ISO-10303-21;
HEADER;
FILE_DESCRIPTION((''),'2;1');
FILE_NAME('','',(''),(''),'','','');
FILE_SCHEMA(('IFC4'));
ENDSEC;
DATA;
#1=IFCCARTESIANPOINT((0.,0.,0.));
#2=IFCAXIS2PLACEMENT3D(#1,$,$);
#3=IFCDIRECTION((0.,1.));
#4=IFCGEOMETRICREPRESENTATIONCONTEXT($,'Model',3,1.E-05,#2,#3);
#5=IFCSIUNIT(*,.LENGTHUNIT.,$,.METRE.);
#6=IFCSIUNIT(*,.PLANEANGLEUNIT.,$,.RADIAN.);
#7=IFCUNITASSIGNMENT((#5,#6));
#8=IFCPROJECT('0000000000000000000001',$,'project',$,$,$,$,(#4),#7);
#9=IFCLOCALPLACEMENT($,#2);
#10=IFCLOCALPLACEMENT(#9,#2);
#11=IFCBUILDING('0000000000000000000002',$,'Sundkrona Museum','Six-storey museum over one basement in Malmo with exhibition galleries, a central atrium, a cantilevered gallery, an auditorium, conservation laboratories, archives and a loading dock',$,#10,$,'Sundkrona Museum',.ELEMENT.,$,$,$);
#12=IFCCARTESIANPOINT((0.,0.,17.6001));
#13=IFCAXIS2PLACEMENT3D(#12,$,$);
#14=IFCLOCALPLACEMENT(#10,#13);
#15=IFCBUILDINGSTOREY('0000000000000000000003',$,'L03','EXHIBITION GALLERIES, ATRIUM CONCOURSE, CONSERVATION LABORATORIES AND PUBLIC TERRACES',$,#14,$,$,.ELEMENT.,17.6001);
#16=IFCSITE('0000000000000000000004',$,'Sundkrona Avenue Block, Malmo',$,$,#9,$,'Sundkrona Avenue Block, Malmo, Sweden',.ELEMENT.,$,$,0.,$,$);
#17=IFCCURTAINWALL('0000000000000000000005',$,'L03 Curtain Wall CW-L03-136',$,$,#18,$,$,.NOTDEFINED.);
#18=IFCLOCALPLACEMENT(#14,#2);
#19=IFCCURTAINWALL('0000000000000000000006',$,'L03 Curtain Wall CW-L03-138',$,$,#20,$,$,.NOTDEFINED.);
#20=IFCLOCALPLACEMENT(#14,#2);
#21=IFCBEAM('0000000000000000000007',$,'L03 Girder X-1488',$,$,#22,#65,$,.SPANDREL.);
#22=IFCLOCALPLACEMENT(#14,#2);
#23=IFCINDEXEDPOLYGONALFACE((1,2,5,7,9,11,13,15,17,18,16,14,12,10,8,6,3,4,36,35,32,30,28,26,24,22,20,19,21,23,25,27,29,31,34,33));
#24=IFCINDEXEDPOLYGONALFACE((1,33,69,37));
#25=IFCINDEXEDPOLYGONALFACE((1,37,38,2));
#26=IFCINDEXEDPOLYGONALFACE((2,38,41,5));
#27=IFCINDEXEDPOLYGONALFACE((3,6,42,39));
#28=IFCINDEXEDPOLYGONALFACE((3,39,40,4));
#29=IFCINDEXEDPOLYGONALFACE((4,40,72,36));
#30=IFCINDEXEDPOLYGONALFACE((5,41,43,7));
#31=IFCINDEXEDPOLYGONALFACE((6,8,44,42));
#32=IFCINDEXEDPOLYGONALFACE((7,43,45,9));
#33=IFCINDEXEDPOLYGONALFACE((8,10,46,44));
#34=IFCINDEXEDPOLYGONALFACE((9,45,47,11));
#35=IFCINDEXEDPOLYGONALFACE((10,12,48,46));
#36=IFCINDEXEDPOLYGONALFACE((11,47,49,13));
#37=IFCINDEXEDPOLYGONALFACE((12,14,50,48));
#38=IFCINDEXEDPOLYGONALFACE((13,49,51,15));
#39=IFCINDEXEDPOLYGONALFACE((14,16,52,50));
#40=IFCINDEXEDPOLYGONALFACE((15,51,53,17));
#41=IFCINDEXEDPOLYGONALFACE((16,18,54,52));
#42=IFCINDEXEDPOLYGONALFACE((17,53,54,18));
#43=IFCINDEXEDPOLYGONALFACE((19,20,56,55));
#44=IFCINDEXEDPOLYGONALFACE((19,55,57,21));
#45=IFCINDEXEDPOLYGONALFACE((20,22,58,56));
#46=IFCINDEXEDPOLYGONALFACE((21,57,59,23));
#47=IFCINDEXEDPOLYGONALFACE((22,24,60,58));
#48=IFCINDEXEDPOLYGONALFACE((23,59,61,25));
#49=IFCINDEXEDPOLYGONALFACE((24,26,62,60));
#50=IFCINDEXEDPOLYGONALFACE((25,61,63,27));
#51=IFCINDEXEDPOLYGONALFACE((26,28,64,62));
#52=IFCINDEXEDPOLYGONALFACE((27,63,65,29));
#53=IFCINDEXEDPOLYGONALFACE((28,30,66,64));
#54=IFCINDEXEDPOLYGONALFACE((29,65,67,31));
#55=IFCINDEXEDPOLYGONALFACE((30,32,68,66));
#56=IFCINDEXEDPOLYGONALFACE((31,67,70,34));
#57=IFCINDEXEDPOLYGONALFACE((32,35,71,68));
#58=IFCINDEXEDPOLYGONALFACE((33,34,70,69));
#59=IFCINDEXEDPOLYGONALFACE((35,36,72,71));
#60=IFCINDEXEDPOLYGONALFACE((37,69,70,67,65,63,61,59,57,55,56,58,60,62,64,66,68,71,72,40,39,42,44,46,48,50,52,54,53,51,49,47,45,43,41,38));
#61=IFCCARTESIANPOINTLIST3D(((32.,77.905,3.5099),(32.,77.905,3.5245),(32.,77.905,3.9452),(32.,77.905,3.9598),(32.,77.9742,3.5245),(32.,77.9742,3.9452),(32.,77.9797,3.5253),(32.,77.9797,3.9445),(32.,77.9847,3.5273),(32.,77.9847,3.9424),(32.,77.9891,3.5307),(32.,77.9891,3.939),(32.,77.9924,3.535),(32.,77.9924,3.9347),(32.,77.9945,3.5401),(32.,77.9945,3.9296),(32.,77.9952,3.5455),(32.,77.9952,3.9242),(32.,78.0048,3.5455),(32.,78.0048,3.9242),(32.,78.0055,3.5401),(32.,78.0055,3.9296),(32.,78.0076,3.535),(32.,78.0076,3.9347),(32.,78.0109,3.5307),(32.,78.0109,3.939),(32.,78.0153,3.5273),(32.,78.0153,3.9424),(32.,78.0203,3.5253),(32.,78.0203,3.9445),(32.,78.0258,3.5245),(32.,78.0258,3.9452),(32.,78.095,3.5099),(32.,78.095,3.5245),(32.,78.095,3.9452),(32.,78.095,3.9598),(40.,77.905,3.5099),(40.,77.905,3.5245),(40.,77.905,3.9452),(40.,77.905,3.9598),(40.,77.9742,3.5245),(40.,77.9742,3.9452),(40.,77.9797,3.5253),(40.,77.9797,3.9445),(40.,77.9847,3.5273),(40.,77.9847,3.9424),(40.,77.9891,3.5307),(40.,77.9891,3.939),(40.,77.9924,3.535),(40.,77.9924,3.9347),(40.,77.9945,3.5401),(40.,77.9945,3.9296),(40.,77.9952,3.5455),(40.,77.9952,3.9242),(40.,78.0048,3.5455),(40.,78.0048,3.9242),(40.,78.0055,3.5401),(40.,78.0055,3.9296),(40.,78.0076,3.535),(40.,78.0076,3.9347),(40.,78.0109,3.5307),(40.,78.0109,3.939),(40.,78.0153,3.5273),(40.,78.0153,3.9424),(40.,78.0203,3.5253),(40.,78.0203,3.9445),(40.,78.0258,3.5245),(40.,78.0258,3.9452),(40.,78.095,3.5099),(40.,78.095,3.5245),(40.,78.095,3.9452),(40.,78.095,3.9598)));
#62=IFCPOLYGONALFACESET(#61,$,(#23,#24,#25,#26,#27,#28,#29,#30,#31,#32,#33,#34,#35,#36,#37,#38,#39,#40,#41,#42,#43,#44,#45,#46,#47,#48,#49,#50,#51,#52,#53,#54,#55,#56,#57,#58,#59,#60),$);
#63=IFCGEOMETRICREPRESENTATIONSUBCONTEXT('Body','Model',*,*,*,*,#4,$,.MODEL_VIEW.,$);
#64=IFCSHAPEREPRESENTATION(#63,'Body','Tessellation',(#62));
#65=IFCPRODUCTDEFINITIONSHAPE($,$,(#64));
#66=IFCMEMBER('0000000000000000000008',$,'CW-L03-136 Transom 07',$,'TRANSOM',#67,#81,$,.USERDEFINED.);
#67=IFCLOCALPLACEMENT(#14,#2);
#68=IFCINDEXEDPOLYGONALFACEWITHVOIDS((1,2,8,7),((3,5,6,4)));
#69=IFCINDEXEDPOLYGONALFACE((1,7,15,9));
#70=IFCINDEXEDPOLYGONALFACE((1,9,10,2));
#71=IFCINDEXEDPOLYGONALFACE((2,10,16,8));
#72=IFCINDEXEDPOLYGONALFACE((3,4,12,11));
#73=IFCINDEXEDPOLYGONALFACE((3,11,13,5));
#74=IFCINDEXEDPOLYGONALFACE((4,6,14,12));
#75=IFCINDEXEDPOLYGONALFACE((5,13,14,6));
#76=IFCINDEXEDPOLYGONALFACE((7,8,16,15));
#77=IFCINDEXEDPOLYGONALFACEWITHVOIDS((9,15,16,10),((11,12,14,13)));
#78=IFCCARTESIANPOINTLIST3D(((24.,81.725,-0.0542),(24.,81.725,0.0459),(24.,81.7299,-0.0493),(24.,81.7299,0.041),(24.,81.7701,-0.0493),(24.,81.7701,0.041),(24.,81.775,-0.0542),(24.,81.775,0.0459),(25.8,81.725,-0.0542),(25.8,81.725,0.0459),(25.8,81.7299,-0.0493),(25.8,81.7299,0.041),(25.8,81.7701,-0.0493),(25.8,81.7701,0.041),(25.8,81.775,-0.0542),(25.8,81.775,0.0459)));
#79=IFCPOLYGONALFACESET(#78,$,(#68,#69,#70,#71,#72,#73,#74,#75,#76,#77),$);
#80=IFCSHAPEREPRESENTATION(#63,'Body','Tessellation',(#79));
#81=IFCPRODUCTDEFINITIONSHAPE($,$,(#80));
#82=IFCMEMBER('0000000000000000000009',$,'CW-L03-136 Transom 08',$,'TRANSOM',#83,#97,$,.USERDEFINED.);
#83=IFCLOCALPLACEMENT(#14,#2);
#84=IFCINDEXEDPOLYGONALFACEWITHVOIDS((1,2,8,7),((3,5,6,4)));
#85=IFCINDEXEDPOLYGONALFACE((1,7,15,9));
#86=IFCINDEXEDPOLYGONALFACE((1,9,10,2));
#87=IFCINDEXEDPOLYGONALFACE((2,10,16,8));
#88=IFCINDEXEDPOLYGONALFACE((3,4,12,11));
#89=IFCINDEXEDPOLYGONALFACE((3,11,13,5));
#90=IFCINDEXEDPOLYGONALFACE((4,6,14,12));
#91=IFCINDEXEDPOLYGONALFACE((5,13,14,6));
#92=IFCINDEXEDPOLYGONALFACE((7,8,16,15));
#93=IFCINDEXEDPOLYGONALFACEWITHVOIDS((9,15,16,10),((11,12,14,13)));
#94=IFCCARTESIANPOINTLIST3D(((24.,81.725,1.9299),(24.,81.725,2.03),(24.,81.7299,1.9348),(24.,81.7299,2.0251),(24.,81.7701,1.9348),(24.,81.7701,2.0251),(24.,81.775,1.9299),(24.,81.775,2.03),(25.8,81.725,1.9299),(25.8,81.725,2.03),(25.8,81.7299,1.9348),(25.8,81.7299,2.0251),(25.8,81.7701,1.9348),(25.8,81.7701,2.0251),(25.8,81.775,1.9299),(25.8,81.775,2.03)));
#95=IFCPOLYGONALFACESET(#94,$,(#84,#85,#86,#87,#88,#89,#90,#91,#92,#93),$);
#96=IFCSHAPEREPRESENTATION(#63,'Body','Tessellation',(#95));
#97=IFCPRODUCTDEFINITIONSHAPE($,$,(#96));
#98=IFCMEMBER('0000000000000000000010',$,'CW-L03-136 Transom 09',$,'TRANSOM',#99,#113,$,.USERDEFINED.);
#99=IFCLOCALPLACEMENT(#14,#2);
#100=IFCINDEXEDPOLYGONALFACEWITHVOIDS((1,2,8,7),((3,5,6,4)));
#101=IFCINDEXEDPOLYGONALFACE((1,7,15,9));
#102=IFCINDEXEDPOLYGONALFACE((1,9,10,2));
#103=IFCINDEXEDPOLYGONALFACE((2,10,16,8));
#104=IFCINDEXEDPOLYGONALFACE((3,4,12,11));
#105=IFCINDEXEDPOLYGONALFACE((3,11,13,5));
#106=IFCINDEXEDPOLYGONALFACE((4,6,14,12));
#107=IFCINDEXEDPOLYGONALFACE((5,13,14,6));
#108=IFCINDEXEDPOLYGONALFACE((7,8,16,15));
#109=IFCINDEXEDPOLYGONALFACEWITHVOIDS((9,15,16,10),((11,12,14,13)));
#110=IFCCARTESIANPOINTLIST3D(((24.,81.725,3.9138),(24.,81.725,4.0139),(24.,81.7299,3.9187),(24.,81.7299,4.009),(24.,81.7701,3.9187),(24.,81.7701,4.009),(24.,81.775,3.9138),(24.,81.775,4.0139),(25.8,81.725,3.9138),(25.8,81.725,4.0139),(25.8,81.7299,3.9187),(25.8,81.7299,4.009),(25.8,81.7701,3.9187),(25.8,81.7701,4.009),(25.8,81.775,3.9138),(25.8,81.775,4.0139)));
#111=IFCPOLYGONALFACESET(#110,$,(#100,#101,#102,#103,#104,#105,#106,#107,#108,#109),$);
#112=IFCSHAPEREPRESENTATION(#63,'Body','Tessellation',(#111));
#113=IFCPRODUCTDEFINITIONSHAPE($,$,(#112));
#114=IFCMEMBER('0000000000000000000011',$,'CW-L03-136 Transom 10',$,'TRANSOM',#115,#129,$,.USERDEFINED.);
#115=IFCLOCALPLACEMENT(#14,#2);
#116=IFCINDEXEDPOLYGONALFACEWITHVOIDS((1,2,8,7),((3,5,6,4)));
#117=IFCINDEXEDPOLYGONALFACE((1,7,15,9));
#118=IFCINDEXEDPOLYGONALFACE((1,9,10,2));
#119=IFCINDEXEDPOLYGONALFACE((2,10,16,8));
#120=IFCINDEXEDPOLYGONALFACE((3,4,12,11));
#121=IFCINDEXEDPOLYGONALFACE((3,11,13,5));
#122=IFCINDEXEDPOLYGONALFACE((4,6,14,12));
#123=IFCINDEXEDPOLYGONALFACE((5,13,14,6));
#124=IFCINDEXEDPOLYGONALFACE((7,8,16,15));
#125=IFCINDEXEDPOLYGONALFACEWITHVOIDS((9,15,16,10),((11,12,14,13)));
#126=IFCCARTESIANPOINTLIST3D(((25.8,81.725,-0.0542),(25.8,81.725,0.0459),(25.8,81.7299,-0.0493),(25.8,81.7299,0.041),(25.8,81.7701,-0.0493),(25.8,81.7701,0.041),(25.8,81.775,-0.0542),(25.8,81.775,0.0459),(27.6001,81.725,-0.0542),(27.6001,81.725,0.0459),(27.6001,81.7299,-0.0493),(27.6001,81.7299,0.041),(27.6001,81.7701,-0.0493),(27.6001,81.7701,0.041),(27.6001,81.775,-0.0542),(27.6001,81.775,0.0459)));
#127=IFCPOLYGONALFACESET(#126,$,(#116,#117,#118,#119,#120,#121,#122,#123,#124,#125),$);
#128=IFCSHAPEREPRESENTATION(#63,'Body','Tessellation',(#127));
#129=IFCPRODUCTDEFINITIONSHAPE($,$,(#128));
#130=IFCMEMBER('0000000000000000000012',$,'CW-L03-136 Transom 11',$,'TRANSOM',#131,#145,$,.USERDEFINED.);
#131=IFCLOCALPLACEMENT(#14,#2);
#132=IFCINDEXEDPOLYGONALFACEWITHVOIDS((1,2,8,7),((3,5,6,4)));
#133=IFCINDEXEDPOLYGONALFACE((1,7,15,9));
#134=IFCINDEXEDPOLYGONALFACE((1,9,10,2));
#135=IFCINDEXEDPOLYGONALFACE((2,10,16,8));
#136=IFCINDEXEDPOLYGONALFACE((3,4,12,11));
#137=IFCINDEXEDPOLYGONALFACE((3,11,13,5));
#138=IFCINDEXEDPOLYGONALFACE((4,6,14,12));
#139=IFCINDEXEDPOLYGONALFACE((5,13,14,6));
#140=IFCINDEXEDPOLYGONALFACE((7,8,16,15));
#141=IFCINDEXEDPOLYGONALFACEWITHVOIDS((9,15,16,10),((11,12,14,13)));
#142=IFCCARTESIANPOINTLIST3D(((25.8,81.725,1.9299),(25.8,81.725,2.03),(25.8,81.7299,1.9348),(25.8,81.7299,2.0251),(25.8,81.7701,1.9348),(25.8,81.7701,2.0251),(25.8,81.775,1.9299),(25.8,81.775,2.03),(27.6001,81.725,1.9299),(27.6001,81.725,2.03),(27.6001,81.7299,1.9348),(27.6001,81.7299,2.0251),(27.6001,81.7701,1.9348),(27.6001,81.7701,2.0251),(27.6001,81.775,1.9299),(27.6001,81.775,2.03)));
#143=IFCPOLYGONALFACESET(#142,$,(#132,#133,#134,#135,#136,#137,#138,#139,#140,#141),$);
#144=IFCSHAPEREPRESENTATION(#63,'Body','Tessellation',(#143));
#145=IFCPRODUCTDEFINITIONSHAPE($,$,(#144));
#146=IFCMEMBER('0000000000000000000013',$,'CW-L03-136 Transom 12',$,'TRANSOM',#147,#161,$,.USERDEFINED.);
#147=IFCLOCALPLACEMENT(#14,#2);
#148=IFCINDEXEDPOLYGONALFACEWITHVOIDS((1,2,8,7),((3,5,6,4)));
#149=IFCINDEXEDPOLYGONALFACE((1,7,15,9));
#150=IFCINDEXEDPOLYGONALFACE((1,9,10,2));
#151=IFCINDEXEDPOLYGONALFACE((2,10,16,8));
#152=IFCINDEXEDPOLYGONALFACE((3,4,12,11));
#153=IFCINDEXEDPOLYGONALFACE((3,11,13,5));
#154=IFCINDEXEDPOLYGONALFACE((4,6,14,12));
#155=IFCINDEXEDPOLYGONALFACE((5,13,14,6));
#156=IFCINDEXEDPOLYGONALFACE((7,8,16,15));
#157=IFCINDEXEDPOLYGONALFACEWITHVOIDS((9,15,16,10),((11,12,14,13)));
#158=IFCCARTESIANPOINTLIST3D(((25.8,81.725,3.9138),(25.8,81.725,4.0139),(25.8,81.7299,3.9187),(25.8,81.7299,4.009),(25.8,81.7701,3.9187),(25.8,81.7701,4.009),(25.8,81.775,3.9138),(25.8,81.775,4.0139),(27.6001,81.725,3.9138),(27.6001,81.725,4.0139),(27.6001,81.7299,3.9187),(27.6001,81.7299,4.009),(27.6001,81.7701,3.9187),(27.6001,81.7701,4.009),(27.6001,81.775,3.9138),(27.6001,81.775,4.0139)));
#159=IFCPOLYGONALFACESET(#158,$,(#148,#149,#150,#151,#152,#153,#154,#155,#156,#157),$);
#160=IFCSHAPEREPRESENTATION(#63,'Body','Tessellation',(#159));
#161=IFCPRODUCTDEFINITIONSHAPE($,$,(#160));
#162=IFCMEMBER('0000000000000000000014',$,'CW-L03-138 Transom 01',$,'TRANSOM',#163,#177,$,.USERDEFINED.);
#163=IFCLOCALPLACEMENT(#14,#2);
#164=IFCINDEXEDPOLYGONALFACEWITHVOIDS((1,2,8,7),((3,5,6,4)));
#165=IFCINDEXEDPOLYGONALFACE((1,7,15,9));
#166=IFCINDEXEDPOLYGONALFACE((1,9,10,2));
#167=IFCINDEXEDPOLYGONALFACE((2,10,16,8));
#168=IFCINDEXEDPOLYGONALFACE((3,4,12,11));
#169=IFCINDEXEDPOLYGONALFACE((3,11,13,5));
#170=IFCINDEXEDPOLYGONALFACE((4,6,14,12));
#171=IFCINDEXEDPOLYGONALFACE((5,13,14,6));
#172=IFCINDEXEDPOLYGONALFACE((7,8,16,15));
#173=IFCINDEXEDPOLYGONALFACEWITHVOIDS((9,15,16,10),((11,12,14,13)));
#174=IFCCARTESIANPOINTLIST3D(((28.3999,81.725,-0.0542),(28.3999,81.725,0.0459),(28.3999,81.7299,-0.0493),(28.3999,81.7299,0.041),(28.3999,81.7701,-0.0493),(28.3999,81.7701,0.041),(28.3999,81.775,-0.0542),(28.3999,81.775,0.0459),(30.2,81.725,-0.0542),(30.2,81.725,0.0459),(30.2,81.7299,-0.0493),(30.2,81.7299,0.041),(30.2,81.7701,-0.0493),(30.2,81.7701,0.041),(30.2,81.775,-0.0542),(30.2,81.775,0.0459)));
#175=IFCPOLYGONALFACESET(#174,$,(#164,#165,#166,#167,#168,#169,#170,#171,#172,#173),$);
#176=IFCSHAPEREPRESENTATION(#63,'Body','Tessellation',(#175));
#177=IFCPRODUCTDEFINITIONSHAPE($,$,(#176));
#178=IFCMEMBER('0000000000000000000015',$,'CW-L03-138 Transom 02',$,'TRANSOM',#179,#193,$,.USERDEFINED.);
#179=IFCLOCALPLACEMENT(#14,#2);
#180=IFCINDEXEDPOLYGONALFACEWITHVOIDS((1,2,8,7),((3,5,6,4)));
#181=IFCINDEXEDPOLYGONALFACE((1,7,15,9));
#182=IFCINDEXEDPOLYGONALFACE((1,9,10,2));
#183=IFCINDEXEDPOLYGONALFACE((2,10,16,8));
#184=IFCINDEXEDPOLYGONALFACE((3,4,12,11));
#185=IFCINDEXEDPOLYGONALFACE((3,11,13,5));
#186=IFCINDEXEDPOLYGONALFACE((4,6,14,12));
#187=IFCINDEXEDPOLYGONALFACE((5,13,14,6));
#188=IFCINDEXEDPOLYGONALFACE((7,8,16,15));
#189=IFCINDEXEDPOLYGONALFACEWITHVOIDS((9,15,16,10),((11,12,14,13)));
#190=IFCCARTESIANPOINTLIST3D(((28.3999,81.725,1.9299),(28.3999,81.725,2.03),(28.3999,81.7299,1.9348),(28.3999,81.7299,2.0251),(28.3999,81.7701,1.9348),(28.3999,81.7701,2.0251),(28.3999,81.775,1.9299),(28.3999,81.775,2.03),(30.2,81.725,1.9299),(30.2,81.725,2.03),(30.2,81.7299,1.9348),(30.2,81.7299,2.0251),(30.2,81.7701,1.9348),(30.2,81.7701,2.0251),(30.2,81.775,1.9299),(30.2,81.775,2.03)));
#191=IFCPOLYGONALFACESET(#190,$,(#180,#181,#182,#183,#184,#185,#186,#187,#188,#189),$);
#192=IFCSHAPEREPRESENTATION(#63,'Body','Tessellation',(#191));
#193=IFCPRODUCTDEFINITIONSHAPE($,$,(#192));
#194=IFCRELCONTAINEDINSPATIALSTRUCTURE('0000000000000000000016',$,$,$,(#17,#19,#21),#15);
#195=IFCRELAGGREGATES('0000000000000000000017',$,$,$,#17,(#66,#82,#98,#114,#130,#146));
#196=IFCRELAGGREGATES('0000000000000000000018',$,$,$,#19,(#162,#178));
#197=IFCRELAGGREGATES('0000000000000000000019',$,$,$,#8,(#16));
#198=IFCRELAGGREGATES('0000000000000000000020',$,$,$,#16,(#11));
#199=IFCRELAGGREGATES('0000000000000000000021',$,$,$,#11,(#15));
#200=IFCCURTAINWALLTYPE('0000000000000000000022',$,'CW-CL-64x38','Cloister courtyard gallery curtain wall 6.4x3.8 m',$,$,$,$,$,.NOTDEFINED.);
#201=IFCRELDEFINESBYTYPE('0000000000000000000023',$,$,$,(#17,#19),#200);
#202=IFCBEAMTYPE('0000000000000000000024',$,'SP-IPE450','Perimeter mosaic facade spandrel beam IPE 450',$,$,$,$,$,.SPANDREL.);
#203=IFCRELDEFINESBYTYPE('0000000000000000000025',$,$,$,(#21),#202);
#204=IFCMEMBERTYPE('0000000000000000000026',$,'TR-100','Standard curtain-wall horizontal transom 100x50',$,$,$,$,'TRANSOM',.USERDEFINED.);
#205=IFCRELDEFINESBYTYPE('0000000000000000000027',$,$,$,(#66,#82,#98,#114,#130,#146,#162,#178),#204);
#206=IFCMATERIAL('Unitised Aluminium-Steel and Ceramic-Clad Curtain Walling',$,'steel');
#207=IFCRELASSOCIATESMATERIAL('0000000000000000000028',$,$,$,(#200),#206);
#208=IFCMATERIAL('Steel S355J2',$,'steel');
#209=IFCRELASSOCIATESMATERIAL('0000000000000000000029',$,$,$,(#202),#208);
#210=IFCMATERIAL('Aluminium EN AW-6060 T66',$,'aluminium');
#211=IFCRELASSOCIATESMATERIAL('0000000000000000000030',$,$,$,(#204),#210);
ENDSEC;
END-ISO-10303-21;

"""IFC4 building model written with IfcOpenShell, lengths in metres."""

from ifc_helpers import new_model, si_unit, direction, frame, origin, origin_2d, place, context, subcontext, project, spatial, hollow_rectangle, i_section, extrude, material, material_profile, profile_set, type_object, element, aggregate, save


model = new_model("IFC4")

# Units and contexts
model_context = context("Model", 3, precision=1e-05, world=origin(), true_north=direction((0.0, 1.0)))
body_context = subcontext(model_context, "Body", "Model", "MODEL_VIEW")
ifc_project = project(units=[si_unit("LENGTHUNIT", "METRE"), si_unit("PLANEANGLEUNIT", "RADIAN")], contexts=[model_context])

# Site, building, storey
site_placement = place(None, origin())
site = spatial("IfcSite", under=ifc_project, at=site_placement, Name="Sundkrona Avenue Block, Malmo", LongName="Sundkrona Avenue Block, Malmo, Sweden", CompositionType="ELEMENT", RefElevation=0.0)
building_placement = place(site_placement, origin())
building = spatial("IfcBuilding", under=site, at=building_placement, Name="Sundkrona Museum", Description="Six-storey museum over one basement in Malmo with exhibition galleries, a central atrium, a cantilevered gallery, an auditorium, conservation laboratories, archives and a loading dock", LongName="Sundkrona Museum", CompositionType="ELEMENT")
storey_placement = place(building_placement, frame((0.0, 0.0, 17.6001)))
storey = spatial("IfcBuildingStorey", under=building, at=storey_placement, Name="L03", Description="EXHIBITION GALLERIES, ATRIUM CONCOURSE, CONSERVATION LABORATORIES AND PUBLIC TERRACES", CompositionType="ELEMENT", Elevation=17.6001)

# Shared definitions
ifc_material_1 = material(Name="Steel S355J2", Category="steel")

# Curtain walls
ifc_material_2 = material(Name="Unitised Aluminium-Steel and Ceramic-Clad Curtain Walling", Category="steel")
curtain_wall_type = type_object("IfcCurtainWallType", Name="CW-CL-64x38", Description="Cloister courtyard gallery curtain wall 6.4x3.8 m", PredefinedType="NOTDEFINED", material=ifc_material_2)
curtain_wall_1_placement = place(storey_placement, origin())
curtain_wall_1 = element("IfcCurtainWall", 1, at=curtain_wall_1_placement, inside=storey, type_object=curtain_wall_type, Name="L03 Curtain Wall CW-L03-136", PredefinedType="NOTDEFINED")
ifc_material_3 = material(Name="Aluminium EN AW-6060 T66", Category="aluminium")
curtain_wall_2_placement = place(storey_placement, origin())
curtain_wall_2 = element("IfcCurtainWall", 2, at=curtain_wall_2_placement, inside=storey, type_object=curtain_wall_type, Name="L03 Curtain Wall CW-L03-138", PredefinedType="NOTDEFINED")

# Beam
ifc_material_profile_1 = material_profile(ifc_material_1, i_section(OverallWidth=0.1899, OverallDepth=0.45, WebThickness=0.0095, FlangeThickness=0.0146, FilletRadius=0.021, at=origin_2d()), Name="IPE 450")
ifc_profile_set_1 = profile_set([ifc_material_profile_1], Name="Steel S355J2")
beam_type_1 = type_object("IfcBeamType", Name="SP-IPE450", Description="Perimeter mosaic facade spandrel beam IPE 450", PredefinedType="SPANDREL", material=ifc_profile_set_1)
beam_placement = place(storey_placement, frame((32.0, 78.0, 3.7349), z_axis=(1.0, 0.0, 0.0), x_axis=(0.0, 1.0, 0.0)))
element("IfcBeam", 3, at=beam_placement, inside=storey, type_object=beam_type_1, Name="L03 Girder X-1488", PredefinedType="SPANDREL", context=body_context, shape_type="SweptSolid", body=[
    extrude(i_section(OverallWidth=0.1899, OverallDepth=0.45, WebThickness=0.0095, FlangeThickness=0.0146, FilletRadius=0.021, at=origin_2d()), origin(), (0.0, 0.0, 1.0), 8.0),
])

# Members
ifc_material_profile_2 = material_profile(ifc_material_3, hollow_rectangle(XDim=0.05, YDim=0.1001, WallThickness=0.0049, at=origin_2d()), Name="RHS 100x50x5.0")
ifc_profile_set_2 = profile_set([ifc_material_profile_2], Name="Aluminium EN AW-6060 T66")
member_type_1 = type_object("IfcMemberType", Name="TR-100", Description="Standard curtain-wall horizontal transom 100x50", ElementType="TRANSOM", PredefinedType="USERDEFINED", material=ifc_profile_set_2)
member_1_placement = place(storey_placement, frame((24.0, 81.75, -0.0042), z_axis=(1.0, 0.0, 0.0), x_axis=(0.0, 1.0, 0.0)))
member_1 = element("IfcMember", 4, at=member_1_placement, type_object=member_type_1, Name="CW-L03-136 Transom 07", ObjectType="TRANSOM", PredefinedType="USERDEFINED", context=body_context, shape_type="SweptSolid", body=[
    extrude(hollow_rectangle(XDim=0.05, YDim=0.1001, WallThickness=0.0049, at=origin_2d()), origin(), (0.0, 0.0, 1.0), 1.8),
])
member_2_placement = place(storey_placement, frame((24.0, 81.75, 1.98), z_axis=(1.0, 0.0, 0.0), x_axis=(0.0, 1.0, 0.0)))
member_2 = element("IfcMember", 5, at=member_2_placement, type_object=member_type_1, Name="CW-L03-136 Transom 08", ObjectType="TRANSOM", PredefinedType="USERDEFINED", context=body_context, shape_type="SweptSolid", body=[
    extrude(hollow_rectangle(XDim=0.05, YDim=0.1001, WallThickness=0.0049, at=origin_2d()), origin(), (0.0, 0.0, 1.0), 1.8),
])
member_3_placement = place(storey_placement, frame((24.0, 81.75, 3.9639), z_axis=(1.0, 0.0, 0.0), x_axis=(0.0, 1.0, 0.0)))
member_3 = element("IfcMember", 6, at=member_3_placement, type_object=member_type_1, Name="CW-L03-136 Transom 09", ObjectType="TRANSOM", PredefinedType="USERDEFINED", context=body_context, shape_type="SweptSolid", body=[
    extrude(hollow_rectangle(XDim=0.05, YDim=0.1001, WallThickness=0.0049, at=origin_2d()), origin(), (0.0, 0.0, 1.0), 1.8),
])
member_4_placement = place(storey_placement, frame((25.8, 81.75, -0.0042), z_axis=(1.0, 0.0, 0.0), x_axis=(0.0, 1.0, 0.0)))
member_4 = element("IfcMember", 7, at=member_4_placement, type_object=member_type_1, Name="CW-L03-136 Transom 10", ObjectType="TRANSOM", PredefinedType="USERDEFINED", context=body_context, shape_type="SweptSolid", body=[
    extrude(hollow_rectangle(XDim=0.05, YDim=0.1001, WallThickness=0.0049, at=origin_2d()), origin(), (0.0, 0.0, 1.0), 1.8),
])
member_5_placement = place(storey_placement, frame((25.8, 81.75, 1.98), z_axis=(1.0, 0.0, 0.0), x_axis=(0.0, 1.0, 0.0)))
member_5 = element("IfcMember", 8, at=member_5_placement, type_object=member_type_1, Name="CW-L03-136 Transom 11", ObjectType="TRANSOM", PredefinedType="USERDEFINED", context=body_context, shape_type="SweptSolid", body=[
    extrude(hollow_rectangle(XDim=0.05, YDim=0.1001, WallThickness=0.0049, at=origin_2d()), origin(), (0.0, 0.0, 1.0), 1.8),
])
member_6_placement = place(storey_placement, frame((25.8, 81.75, 3.9639), z_axis=(1.0, 0.0, 0.0), x_axis=(0.0, 1.0, 0.0)))
member_6 = element("IfcMember", 9, at=member_6_placement, type_object=member_type_1, Name="CW-L03-136 Transom 12", ObjectType="TRANSOM", PredefinedType="USERDEFINED", context=body_context, shape_type="SweptSolid", body=[
    extrude(hollow_rectangle(XDim=0.05, YDim=0.1001, WallThickness=0.0049, at=origin_2d()), origin(), (0.0, 0.0, 1.0), 1.8),
])
member_7_placement = place(storey_placement, frame((28.3999, 81.75, -0.0042), z_axis=(1.0, 0.0, 0.0), x_axis=(0.0, 1.0, 0.0)))
member_7 = element("IfcMember", 10, at=member_7_placement, type_object=member_type_1, Name="CW-L03-138 Transom 01", ObjectType="TRANSOM", PredefinedType="USERDEFINED", context=body_context, shape_type="SweptSolid", body=[
    extrude(hollow_rectangle(XDim=0.05, YDim=0.1001, WallThickness=0.0049, at=origin_2d()), origin(), (0.0, 0.0, 1.0), 1.8),
])
member_8_placement = place(storey_placement, frame((28.3999, 81.75, 1.98), z_axis=(1.0, 0.0, 0.0), x_axis=(0.0, 1.0, 0.0)))
member_8 = element("IfcMember", 11, at=member_8_placement, type_object=member_type_1, Name="CW-L03-138 Transom 02", ObjectType="TRANSOM", PredefinedType="USERDEFINED", context=body_context, shape_type="SweptSolid", body=[
    extrude(hollow_rectangle(XDim=0.05, YDim=0.1001, WallThickness=0.0049, at=origin_2d()), origin(), (0.0, 0.0, 1.0), 1.8),
])

aggregate(curtain_wall_1, [member_1, member_2, member_3, member_4, member_5, member_6])
aggregate(curtain_wall_2, [member_7, member_8])

save(model, "model.ifc")
